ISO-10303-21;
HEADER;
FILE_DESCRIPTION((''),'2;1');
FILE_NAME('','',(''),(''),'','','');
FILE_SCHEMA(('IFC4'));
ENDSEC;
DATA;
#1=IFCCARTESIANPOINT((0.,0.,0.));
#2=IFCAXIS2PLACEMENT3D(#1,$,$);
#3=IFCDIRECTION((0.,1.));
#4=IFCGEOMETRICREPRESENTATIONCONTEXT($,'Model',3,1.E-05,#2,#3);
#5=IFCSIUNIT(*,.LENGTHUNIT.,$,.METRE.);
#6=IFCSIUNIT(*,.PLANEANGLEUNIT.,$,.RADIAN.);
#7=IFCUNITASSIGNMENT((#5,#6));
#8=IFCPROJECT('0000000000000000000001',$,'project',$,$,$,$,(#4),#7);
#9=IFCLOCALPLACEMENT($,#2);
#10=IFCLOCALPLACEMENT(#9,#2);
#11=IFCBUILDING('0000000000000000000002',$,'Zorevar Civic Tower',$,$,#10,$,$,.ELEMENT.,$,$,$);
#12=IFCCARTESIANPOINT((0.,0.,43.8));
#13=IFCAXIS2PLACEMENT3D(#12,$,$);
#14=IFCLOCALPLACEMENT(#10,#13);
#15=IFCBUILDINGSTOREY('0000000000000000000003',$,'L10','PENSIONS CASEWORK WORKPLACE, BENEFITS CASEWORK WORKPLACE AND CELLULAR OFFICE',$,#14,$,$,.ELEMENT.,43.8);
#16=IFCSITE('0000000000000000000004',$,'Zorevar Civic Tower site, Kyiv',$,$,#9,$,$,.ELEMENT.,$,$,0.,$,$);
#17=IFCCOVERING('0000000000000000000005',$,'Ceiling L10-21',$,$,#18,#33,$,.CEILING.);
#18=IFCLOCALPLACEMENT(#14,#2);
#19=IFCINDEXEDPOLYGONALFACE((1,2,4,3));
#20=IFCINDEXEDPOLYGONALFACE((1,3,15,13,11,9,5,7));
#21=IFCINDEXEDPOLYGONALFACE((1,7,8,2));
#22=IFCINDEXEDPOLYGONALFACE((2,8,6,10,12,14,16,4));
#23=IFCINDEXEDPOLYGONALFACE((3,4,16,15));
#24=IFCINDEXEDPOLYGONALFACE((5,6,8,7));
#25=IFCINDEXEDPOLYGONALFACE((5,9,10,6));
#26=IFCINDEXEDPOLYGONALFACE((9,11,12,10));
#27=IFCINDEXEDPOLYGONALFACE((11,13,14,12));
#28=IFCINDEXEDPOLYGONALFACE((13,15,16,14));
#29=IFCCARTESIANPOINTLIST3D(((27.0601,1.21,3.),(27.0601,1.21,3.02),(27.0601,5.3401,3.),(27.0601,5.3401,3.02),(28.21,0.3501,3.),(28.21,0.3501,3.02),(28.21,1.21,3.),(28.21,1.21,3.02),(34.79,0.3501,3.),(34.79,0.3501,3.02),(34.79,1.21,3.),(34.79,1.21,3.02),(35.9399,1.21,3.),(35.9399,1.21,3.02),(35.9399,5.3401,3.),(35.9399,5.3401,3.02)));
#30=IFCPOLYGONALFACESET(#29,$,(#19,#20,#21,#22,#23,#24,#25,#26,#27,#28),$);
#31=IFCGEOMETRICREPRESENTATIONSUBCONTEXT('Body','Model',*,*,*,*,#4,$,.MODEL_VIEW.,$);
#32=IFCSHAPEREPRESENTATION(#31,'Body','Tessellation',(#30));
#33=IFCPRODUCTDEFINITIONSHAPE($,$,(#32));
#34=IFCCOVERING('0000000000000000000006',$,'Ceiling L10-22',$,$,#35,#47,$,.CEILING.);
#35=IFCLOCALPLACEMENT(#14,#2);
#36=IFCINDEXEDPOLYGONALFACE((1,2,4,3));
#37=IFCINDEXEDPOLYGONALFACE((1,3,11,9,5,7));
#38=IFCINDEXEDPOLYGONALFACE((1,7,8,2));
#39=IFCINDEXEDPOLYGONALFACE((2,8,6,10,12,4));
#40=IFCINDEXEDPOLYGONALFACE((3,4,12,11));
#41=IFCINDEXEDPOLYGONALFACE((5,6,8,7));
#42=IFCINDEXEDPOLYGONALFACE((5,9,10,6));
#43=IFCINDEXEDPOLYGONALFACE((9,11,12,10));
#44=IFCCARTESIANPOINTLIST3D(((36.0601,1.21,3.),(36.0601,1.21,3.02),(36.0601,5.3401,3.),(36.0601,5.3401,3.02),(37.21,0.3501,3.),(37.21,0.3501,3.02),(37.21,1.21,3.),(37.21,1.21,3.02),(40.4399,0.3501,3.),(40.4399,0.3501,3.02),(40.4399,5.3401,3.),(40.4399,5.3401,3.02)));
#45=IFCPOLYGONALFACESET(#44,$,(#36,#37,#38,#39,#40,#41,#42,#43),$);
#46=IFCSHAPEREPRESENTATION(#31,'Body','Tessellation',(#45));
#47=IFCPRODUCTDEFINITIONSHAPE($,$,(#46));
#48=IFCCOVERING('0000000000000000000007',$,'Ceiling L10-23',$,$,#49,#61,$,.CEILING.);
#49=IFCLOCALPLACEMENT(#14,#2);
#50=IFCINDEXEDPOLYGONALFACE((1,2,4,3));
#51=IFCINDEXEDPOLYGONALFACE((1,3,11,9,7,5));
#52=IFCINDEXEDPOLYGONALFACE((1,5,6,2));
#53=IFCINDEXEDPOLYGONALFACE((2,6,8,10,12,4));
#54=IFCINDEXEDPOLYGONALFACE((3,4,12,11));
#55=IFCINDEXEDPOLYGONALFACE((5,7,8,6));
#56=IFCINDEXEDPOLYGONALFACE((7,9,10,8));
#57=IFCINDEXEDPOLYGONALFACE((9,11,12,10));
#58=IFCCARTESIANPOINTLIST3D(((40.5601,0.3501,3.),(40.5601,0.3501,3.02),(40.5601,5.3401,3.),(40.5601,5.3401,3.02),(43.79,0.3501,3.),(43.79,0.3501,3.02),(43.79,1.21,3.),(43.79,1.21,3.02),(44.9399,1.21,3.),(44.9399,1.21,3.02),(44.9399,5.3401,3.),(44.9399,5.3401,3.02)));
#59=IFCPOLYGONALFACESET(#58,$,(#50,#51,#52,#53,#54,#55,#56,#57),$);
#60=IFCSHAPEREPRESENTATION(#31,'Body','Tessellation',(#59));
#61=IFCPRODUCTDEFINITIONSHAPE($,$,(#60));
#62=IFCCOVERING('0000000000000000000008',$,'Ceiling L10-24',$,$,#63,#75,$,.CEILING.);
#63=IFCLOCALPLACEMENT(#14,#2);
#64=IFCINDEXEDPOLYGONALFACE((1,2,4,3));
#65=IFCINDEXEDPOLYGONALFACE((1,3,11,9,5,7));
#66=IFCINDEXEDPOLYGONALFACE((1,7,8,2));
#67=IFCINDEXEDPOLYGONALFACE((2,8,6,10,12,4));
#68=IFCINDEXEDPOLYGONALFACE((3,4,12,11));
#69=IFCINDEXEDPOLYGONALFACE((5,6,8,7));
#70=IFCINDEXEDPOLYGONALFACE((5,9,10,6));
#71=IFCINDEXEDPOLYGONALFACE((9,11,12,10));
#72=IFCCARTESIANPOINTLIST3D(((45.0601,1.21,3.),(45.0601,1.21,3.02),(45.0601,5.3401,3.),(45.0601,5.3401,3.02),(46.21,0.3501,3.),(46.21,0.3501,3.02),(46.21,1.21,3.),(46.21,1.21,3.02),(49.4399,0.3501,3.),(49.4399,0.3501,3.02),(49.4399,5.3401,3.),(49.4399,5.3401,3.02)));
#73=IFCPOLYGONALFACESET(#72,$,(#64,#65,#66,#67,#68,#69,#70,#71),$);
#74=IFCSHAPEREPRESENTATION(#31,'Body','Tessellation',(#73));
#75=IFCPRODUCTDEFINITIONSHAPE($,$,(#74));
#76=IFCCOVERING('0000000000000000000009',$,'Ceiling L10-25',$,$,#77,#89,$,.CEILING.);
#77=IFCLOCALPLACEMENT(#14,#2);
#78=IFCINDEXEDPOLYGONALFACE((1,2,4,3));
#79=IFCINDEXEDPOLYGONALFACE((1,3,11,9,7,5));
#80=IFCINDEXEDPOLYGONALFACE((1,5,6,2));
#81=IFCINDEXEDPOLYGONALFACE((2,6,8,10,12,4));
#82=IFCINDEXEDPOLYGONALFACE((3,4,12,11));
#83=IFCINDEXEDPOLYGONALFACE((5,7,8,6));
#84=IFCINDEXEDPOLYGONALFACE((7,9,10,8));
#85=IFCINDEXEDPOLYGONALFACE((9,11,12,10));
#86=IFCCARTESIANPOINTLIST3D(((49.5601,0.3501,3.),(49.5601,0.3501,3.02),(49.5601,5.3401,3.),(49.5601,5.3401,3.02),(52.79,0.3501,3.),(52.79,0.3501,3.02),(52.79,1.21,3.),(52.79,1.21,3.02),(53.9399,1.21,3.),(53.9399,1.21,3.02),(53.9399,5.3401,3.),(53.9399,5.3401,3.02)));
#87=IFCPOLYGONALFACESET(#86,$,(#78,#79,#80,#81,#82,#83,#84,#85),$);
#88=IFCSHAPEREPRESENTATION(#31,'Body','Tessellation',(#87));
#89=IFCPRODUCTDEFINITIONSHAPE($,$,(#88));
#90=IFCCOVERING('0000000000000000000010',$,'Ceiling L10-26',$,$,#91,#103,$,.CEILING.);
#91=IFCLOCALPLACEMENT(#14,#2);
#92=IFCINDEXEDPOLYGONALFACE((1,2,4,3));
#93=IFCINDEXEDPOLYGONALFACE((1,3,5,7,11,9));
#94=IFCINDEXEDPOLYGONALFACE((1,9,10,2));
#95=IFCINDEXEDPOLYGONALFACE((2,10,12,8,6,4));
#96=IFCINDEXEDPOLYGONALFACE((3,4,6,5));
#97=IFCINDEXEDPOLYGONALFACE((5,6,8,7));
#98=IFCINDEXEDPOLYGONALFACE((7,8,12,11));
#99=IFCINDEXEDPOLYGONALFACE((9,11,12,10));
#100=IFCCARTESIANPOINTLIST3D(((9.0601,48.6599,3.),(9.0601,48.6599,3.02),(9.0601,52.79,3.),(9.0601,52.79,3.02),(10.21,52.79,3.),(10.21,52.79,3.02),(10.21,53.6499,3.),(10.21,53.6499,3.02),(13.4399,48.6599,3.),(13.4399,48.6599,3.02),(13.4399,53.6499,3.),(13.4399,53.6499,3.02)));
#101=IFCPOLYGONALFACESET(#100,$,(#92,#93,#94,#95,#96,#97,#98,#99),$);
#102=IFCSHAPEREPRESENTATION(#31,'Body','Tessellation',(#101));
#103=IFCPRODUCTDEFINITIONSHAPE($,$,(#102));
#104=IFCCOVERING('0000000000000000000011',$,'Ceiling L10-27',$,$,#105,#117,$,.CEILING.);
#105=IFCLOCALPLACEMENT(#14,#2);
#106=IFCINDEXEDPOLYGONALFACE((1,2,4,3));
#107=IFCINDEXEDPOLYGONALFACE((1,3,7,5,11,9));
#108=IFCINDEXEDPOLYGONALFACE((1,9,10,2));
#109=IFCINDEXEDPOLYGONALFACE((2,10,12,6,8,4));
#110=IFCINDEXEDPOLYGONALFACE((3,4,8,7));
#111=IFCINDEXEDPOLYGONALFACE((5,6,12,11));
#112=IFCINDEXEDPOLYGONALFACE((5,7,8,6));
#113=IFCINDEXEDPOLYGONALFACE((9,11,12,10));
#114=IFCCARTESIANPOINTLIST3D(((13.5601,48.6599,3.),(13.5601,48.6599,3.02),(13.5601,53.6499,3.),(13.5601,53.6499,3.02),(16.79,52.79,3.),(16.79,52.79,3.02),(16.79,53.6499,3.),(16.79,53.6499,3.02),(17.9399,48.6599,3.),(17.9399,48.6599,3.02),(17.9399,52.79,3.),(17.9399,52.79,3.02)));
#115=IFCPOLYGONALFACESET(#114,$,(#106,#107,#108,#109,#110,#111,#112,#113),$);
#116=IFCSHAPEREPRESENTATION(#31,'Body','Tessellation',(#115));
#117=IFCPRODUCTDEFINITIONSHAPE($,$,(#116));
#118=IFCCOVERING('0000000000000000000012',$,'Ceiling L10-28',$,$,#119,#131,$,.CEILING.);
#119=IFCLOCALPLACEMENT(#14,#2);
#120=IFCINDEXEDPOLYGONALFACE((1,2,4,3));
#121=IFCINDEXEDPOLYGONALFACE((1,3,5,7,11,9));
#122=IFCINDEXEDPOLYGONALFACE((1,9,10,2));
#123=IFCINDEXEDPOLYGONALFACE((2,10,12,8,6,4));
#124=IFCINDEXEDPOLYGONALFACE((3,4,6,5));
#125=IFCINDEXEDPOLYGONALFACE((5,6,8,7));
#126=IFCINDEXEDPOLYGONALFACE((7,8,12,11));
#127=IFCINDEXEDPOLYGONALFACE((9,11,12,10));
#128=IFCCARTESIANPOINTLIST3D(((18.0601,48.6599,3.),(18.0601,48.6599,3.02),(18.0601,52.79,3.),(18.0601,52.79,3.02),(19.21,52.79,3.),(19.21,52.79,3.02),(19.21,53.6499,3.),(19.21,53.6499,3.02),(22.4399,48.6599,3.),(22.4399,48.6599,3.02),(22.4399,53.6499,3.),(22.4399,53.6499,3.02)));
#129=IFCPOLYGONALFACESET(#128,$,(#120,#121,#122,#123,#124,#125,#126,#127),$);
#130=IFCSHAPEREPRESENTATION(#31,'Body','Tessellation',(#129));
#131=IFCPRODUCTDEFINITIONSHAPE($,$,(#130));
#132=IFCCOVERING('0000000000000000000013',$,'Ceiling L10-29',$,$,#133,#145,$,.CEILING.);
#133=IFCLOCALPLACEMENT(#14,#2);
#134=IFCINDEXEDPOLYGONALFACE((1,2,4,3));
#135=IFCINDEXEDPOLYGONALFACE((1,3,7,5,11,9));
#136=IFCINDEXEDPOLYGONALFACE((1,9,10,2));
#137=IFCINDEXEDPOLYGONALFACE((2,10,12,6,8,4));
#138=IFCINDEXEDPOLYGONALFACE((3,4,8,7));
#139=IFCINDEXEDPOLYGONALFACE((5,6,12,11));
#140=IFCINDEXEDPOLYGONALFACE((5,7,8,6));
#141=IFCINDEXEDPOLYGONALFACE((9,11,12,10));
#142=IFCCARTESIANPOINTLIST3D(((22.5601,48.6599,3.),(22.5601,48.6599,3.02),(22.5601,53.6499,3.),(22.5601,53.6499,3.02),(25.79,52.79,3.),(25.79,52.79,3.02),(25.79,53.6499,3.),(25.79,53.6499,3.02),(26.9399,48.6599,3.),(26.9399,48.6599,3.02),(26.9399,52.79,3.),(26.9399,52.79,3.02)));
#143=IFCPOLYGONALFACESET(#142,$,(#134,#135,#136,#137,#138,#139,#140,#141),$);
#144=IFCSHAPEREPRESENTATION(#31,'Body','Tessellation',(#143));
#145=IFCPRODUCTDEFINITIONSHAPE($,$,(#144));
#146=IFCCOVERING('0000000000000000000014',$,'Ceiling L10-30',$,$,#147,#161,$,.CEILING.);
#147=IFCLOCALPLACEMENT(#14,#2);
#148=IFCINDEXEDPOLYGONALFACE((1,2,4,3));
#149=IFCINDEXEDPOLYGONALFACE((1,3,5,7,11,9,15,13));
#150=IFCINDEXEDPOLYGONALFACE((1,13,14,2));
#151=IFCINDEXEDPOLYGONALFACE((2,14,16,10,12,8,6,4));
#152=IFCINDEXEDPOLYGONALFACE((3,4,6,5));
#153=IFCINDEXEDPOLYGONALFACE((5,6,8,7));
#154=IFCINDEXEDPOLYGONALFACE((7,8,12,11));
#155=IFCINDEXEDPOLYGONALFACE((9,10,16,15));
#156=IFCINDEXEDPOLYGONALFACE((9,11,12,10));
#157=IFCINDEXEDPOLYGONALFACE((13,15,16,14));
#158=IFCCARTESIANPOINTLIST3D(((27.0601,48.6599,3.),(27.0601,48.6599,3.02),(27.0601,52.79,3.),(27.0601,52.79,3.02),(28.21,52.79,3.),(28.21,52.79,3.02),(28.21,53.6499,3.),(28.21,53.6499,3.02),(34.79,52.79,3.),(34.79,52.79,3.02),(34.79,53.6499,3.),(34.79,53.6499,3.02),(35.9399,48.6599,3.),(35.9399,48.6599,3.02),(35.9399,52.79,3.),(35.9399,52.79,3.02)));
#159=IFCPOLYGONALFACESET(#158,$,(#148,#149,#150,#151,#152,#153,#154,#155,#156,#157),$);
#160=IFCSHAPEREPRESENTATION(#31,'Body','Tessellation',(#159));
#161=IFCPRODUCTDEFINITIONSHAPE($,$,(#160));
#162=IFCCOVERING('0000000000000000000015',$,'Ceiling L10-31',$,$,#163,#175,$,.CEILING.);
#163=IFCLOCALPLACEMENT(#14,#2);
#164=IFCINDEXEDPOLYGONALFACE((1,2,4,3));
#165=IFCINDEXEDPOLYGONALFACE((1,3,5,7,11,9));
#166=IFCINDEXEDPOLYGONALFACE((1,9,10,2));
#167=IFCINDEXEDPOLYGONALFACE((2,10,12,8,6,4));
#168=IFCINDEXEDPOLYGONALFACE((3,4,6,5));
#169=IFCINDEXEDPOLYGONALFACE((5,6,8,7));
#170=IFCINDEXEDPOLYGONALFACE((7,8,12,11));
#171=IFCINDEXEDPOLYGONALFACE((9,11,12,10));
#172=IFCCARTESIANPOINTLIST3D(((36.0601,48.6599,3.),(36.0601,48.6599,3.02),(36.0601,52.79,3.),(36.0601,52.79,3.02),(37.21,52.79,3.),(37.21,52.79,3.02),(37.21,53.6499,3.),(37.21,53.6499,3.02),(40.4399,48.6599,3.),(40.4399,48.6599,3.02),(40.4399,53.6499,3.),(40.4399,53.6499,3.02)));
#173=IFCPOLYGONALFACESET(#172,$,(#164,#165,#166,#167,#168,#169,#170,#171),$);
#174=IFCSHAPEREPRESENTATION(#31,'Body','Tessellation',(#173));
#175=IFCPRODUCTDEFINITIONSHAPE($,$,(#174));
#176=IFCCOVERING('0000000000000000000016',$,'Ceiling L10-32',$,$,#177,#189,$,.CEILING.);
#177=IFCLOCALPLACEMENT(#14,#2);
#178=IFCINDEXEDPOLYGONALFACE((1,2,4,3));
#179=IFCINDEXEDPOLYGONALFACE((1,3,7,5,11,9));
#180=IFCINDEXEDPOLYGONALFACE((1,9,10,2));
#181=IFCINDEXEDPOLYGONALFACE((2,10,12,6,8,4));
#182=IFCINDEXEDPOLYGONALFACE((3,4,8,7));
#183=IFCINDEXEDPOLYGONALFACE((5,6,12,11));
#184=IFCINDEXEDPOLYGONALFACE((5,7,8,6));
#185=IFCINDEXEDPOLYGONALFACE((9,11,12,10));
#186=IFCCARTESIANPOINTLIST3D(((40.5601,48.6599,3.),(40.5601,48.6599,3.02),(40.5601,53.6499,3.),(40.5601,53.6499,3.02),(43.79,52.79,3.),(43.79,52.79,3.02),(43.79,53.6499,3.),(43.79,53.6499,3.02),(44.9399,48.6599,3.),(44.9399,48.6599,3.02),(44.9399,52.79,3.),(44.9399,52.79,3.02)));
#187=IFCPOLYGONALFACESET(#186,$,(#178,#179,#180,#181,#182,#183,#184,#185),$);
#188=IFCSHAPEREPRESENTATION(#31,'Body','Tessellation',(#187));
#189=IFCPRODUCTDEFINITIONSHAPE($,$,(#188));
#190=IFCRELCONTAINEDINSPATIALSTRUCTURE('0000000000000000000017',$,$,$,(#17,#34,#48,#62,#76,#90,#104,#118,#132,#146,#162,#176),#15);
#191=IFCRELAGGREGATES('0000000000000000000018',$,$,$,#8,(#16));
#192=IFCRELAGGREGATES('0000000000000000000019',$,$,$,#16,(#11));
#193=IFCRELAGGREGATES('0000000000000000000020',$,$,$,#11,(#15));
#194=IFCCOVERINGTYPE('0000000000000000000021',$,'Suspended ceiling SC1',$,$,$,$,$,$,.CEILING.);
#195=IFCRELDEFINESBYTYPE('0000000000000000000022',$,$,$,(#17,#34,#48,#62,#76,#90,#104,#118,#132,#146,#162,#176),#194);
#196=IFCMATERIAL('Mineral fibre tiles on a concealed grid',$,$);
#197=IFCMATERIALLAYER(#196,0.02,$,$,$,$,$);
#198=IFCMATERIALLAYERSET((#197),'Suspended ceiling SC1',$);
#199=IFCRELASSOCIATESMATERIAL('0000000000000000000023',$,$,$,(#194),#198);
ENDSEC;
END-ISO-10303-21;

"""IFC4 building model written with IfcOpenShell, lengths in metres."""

from ifc_helpers import new_model, si_unit, direction, frame, origin, place, context, subcontext, project, spatial, polyline, outline, extrude, material, layer, layer_set, type_object, element, save


model = new_model("IFC4")

# Units and contexts
model_context = context("Model", 3, precision=1e-05, world=origin(), true_north=direction((0.0, 1.0)))
body_context = subcontext(model_context, "Body", "Model", "MODEL_VIEW")
ifc_project = project(units=[si_unit("LENGTHUNIT", "METRE"), si_unit("PLANEANGLEUNIT", "RADIAN")], contexts=[model_context])

# Site, building, storey
site_placement = place(None, origin())
site = spatial("IfcSite", under=ifc_project, at=site_placement, Name="Zorevar Civic Tower site, Kyiv", CompositionType="ELEMENT", RefElevation=0.0)
building_placement = place(site_placement, origin())
building = spatial("IfcBuilding", under=site, at=building_placement, Name="Zorevar Civic Tower", CompositionType="ELEMENT")
storey_placement = place(building_placement, frame((0.0, 0.0, 43.8)))
storey = spatial("IfcBuildingStorey", under=building, at=storey_placement, Name="L10", Description="PENSIONS CASEWORK WORKPLACE, BENEFITS CASEWORK WORKPLACE AND CELLULAR OFFICE", CompositionType="ELEMENT", Elevation=43.8)

# Coverings
ifc_material_1 = material(Name="Mineral fibre tiles on a concealed grid")
ifc_layer_1 = layer(ifc_material_1, 0.02)
ifc_layer_set_1 = layer_set([ifc_layer_1], Name="Suspended ceiling SC1")
covering_type_1 = type_object("IfcCoveringType", Name="Suspended ceiling SC1", PredefinedType="CEILING", material=ifc_layer_set_1)
covering_1_placement = place(storey_placement, frame((0.0, 0.0, 3.0)))
element("IfcCovering", 1, at=covering_1_placement, inside=storey, type_object=covering_type_1, Name="Ceiling L10-21", PredefinedType="CEILING", context=body_context, shape_type="SweptSolid", body=[
    extrude(outline(polyline([(28.21, 0.3501), (28.21, 1.21), (27.0601, 1.21), (27.0601, 5.3401), (35.9399, 5.3401), (35.9399, 1.21), (34.79, 1.21), (34.79, 0.3501), (28.21, 0.3501)])), origin(), (0.0, 0.0, 1.0), 0.02),
])
covering_2_placement = place(storey_placement, frame((0.0, 0.0, 3.0)))
element("IfcCovering", 2, at=covering_2_placement, inside=storey, type_object=covering_type_1, Name="Ceiling L10-22", PredefinedType="CEILING", context=body_context, shape_type="SweptSolid", body=[
    extrude(outline(polyline([(40.4399, 5.3401), (40.4399, 0.3501), (37.21, 0.3501), (37.21, 1.21), (36.0601, 1.21), (36.0601, 5.3401), (40.4399, 5.3401)])), origin(), (0.0, 0.0, 1.0), 0.02),
])
covering_3_placement = place(storey_placement, frame((0.0, 0.0, 3.0)))
element("IfcCovering", 3, at=covering_3_placement, inside=storey, type_object=covering_type_1, Name="Ceiling L10-23", PredefinedType="CEILING", context=body_context, shape_type="SweptSolid", body=[
    extrude(outline(polyline([(44.9399, 5.3401), (44.9399, 1.21), (43.79, 1.21), (43.79, 0.3501), (40.5601, 0.3501), (40.5601, 5.3401), (44.9399, 5.3401)])), origin(), (0.0, 0.0, 1.0), 0.02),
])
covering_4_placement = place(storey_placement, frame((0.0, 0.0, 3.0)))
element("IfcCovering", 4, at=covering_4_placement, inside=storey, type_object=covering_type_1, Name="Ceiling L10-24", PredefinedType="CEILING", context=body_context, shape_type="SweptSolid", body=[
    extrude(outline(polyline([(49.4399, 5.3401), (49.4399, 0.3501), (46.21, 0.3501), (46.21, 1.21), (45.0601, 1.21), (45.0601, 5.3401), (49.4399, 5.3401)])), origin(), (0.0, 0.0, 1.0), 0.02),
])
covering_5_placement = place(storey_placement, frame((0.0, 0.0, 3.0)))
element("IfcCovering", 5, at=covering_5_placement, inside=storey, type_object=covering_type_1, Name="Ceiling L10-25", PredefinedType="CEILING", context=body_context, shape_type="SweptSolid", body=[
    extrude(outline(polyline([(53.9399, 5.3401), (53.9399, 1.21), (52.79, 1.21), (52.79, 0.3501), (49.5601, 0.3501), (49.5601, 5.3401), (53.9399, 5.3401)])), origin(), (0.0, 0.0, 1.0), 0.02),
])
covering_6_placement = place(storey_placement, frame((0.0, 0.0, 3.0)))
element("IfcCovering", 6, at=covering_6_placement, inside=storey, type_object=covering_type_1, Name="Ceiling L10-26", PredefinedType="CEILING", context=body_context, shape_type="SweptSolid", body=[
    extrude(outline(polyline([(9.0601, 48.6599), (9.0601, 52.79), (10.21, 52.79), (10.21, 53.6499), (13.4399, 53.6499), (13.4399, 48.6599), (9.0601, 48.6599)])), origin(), (0.0, 0.0, 1.0), 0.02),
])
covering_7_placement = place(storey_placement, frame((0.0, 0.0, 3.0)))
element("IfcCovering", 7, at=covering_7_placement, inside=storey, type_object=covering_type_1, Name="Ceiling L10-27", PredefinedType="CEILING", context=body_context, shape_type="SweptSolid", body=[
    extrude(outline(polyline([(13.5601, 48.6599), (13.5601, 53.6499), (16.79, 53.6499), (16.79, 52.79), (17.9399, 52.79), (17.9399, 48.6599), (13.5601, 48.6599)])), origin(), (0.0, 0.0, 1.0), 0.02),
])
covering_8_placement = place(storey_placement, frame((0.0, 0.0, 3.0)))
element("IfcCovering", 8, at=covering_8_placement, inside=storey, type_object=covering_type_1, Name="Ceiling L10-28", PredefinedType="CEILING", context=body_context, shape_type="SweptSolid", body=[
    extrude(outline(polyline([(18.0601, 48.6599), (18.0601, 52.79), (19.21, 52.79), (19.21, 53.6499), (22.4399, 53.6499), (22.4399, 48.6599), (18.0601, 48.6599)])), origin(), (0.0, 0.0, 1.0), 0.02),
])
covering_9_placement = place(storey_placement, frame((0.0, 0.0, 3.0)))
element("IfcCovering", 9, at=covering_9_placement, inside=storey, type_object=covering_type_1, Name="Ceiling L10-29", PredefinedType="CEILING", context=body_context, shape_type="SweptSolid", body=[
    extrude(outline(polyline([(22.5601, 48.6599), (22.5601, 53.6499), (25.79, 53.6499), (25.79, 52.79), (26.9399, 52.79), (26.9399, 48.6599), (22.5601, 48.6599)])), origin(), (0.0, 0.0, 1.0), 0.02),
])
covering_10_placement = place(storey_placement, frame((0.0, 0.0, 3.0)))
element("IfcCovering", 10, at=covering_10_placement, inside=storey, type_object=covering_type_1, Name="Ceiling L10-30", PredefinedType="CEILING", context=body_context, shape_type="SweptSolid", body=[
    extrude(outline(polyline([(28.21, 52.79), (28.21, 53.6499), (34.79, 53.6499), (34.79, 52.79), (35.9399, 52.79), (35.9399, 48.6599), (27.0601, 48.6599), (27.0601, 52.79), (28.21, 52.79)])), origin(), (0.0, 0.0, 1.0), 0.02),
])
covering_11_placement = place(storey_placement, frame((0.0, 0.0, 3.0)))
element("IfcCovering", 11, at=covering_11_placement, inside=storey, type_object=covering_type_1, Name="Ceiling L10-31", PredefinedType="CEILING", context=body_context, shape_type="SweptSolid", body=[
    extrude(outline(polyline([(36.0601, 48.6599), (36.0601, 52.79), (37.21, 52.79), (37.21, 53.6499), (40.4399, 53.6499), (40.4399, 48.6599), (36.0601, 48.6599)])), origin(), (0.0, 0.0, 1.0), 0.02),
])
covering_12_placement = place(storey_placement, frame((0.0, 0.0, 3.0)))
element("IfcCovering", 12, at=covering_12_placement, inside=storey, type_object=covering_type_1, Name="Ceiling L10-32", PredefinedType="CEILING", context=body_context, shape_type="SweptSolid", body=[
    extrude(outline(polyline([(40.5601, 48.6599), (40.5601, 53.6499), (43.79, 53.6499), (43.79, 52.79), (44.9399, 52.79), (44.9399, 48.6599), (40.5601, 48.6599)])), origin(), (0.0, 0.0, 1.0), 0.02),
])

save(model, "model.ifc")
